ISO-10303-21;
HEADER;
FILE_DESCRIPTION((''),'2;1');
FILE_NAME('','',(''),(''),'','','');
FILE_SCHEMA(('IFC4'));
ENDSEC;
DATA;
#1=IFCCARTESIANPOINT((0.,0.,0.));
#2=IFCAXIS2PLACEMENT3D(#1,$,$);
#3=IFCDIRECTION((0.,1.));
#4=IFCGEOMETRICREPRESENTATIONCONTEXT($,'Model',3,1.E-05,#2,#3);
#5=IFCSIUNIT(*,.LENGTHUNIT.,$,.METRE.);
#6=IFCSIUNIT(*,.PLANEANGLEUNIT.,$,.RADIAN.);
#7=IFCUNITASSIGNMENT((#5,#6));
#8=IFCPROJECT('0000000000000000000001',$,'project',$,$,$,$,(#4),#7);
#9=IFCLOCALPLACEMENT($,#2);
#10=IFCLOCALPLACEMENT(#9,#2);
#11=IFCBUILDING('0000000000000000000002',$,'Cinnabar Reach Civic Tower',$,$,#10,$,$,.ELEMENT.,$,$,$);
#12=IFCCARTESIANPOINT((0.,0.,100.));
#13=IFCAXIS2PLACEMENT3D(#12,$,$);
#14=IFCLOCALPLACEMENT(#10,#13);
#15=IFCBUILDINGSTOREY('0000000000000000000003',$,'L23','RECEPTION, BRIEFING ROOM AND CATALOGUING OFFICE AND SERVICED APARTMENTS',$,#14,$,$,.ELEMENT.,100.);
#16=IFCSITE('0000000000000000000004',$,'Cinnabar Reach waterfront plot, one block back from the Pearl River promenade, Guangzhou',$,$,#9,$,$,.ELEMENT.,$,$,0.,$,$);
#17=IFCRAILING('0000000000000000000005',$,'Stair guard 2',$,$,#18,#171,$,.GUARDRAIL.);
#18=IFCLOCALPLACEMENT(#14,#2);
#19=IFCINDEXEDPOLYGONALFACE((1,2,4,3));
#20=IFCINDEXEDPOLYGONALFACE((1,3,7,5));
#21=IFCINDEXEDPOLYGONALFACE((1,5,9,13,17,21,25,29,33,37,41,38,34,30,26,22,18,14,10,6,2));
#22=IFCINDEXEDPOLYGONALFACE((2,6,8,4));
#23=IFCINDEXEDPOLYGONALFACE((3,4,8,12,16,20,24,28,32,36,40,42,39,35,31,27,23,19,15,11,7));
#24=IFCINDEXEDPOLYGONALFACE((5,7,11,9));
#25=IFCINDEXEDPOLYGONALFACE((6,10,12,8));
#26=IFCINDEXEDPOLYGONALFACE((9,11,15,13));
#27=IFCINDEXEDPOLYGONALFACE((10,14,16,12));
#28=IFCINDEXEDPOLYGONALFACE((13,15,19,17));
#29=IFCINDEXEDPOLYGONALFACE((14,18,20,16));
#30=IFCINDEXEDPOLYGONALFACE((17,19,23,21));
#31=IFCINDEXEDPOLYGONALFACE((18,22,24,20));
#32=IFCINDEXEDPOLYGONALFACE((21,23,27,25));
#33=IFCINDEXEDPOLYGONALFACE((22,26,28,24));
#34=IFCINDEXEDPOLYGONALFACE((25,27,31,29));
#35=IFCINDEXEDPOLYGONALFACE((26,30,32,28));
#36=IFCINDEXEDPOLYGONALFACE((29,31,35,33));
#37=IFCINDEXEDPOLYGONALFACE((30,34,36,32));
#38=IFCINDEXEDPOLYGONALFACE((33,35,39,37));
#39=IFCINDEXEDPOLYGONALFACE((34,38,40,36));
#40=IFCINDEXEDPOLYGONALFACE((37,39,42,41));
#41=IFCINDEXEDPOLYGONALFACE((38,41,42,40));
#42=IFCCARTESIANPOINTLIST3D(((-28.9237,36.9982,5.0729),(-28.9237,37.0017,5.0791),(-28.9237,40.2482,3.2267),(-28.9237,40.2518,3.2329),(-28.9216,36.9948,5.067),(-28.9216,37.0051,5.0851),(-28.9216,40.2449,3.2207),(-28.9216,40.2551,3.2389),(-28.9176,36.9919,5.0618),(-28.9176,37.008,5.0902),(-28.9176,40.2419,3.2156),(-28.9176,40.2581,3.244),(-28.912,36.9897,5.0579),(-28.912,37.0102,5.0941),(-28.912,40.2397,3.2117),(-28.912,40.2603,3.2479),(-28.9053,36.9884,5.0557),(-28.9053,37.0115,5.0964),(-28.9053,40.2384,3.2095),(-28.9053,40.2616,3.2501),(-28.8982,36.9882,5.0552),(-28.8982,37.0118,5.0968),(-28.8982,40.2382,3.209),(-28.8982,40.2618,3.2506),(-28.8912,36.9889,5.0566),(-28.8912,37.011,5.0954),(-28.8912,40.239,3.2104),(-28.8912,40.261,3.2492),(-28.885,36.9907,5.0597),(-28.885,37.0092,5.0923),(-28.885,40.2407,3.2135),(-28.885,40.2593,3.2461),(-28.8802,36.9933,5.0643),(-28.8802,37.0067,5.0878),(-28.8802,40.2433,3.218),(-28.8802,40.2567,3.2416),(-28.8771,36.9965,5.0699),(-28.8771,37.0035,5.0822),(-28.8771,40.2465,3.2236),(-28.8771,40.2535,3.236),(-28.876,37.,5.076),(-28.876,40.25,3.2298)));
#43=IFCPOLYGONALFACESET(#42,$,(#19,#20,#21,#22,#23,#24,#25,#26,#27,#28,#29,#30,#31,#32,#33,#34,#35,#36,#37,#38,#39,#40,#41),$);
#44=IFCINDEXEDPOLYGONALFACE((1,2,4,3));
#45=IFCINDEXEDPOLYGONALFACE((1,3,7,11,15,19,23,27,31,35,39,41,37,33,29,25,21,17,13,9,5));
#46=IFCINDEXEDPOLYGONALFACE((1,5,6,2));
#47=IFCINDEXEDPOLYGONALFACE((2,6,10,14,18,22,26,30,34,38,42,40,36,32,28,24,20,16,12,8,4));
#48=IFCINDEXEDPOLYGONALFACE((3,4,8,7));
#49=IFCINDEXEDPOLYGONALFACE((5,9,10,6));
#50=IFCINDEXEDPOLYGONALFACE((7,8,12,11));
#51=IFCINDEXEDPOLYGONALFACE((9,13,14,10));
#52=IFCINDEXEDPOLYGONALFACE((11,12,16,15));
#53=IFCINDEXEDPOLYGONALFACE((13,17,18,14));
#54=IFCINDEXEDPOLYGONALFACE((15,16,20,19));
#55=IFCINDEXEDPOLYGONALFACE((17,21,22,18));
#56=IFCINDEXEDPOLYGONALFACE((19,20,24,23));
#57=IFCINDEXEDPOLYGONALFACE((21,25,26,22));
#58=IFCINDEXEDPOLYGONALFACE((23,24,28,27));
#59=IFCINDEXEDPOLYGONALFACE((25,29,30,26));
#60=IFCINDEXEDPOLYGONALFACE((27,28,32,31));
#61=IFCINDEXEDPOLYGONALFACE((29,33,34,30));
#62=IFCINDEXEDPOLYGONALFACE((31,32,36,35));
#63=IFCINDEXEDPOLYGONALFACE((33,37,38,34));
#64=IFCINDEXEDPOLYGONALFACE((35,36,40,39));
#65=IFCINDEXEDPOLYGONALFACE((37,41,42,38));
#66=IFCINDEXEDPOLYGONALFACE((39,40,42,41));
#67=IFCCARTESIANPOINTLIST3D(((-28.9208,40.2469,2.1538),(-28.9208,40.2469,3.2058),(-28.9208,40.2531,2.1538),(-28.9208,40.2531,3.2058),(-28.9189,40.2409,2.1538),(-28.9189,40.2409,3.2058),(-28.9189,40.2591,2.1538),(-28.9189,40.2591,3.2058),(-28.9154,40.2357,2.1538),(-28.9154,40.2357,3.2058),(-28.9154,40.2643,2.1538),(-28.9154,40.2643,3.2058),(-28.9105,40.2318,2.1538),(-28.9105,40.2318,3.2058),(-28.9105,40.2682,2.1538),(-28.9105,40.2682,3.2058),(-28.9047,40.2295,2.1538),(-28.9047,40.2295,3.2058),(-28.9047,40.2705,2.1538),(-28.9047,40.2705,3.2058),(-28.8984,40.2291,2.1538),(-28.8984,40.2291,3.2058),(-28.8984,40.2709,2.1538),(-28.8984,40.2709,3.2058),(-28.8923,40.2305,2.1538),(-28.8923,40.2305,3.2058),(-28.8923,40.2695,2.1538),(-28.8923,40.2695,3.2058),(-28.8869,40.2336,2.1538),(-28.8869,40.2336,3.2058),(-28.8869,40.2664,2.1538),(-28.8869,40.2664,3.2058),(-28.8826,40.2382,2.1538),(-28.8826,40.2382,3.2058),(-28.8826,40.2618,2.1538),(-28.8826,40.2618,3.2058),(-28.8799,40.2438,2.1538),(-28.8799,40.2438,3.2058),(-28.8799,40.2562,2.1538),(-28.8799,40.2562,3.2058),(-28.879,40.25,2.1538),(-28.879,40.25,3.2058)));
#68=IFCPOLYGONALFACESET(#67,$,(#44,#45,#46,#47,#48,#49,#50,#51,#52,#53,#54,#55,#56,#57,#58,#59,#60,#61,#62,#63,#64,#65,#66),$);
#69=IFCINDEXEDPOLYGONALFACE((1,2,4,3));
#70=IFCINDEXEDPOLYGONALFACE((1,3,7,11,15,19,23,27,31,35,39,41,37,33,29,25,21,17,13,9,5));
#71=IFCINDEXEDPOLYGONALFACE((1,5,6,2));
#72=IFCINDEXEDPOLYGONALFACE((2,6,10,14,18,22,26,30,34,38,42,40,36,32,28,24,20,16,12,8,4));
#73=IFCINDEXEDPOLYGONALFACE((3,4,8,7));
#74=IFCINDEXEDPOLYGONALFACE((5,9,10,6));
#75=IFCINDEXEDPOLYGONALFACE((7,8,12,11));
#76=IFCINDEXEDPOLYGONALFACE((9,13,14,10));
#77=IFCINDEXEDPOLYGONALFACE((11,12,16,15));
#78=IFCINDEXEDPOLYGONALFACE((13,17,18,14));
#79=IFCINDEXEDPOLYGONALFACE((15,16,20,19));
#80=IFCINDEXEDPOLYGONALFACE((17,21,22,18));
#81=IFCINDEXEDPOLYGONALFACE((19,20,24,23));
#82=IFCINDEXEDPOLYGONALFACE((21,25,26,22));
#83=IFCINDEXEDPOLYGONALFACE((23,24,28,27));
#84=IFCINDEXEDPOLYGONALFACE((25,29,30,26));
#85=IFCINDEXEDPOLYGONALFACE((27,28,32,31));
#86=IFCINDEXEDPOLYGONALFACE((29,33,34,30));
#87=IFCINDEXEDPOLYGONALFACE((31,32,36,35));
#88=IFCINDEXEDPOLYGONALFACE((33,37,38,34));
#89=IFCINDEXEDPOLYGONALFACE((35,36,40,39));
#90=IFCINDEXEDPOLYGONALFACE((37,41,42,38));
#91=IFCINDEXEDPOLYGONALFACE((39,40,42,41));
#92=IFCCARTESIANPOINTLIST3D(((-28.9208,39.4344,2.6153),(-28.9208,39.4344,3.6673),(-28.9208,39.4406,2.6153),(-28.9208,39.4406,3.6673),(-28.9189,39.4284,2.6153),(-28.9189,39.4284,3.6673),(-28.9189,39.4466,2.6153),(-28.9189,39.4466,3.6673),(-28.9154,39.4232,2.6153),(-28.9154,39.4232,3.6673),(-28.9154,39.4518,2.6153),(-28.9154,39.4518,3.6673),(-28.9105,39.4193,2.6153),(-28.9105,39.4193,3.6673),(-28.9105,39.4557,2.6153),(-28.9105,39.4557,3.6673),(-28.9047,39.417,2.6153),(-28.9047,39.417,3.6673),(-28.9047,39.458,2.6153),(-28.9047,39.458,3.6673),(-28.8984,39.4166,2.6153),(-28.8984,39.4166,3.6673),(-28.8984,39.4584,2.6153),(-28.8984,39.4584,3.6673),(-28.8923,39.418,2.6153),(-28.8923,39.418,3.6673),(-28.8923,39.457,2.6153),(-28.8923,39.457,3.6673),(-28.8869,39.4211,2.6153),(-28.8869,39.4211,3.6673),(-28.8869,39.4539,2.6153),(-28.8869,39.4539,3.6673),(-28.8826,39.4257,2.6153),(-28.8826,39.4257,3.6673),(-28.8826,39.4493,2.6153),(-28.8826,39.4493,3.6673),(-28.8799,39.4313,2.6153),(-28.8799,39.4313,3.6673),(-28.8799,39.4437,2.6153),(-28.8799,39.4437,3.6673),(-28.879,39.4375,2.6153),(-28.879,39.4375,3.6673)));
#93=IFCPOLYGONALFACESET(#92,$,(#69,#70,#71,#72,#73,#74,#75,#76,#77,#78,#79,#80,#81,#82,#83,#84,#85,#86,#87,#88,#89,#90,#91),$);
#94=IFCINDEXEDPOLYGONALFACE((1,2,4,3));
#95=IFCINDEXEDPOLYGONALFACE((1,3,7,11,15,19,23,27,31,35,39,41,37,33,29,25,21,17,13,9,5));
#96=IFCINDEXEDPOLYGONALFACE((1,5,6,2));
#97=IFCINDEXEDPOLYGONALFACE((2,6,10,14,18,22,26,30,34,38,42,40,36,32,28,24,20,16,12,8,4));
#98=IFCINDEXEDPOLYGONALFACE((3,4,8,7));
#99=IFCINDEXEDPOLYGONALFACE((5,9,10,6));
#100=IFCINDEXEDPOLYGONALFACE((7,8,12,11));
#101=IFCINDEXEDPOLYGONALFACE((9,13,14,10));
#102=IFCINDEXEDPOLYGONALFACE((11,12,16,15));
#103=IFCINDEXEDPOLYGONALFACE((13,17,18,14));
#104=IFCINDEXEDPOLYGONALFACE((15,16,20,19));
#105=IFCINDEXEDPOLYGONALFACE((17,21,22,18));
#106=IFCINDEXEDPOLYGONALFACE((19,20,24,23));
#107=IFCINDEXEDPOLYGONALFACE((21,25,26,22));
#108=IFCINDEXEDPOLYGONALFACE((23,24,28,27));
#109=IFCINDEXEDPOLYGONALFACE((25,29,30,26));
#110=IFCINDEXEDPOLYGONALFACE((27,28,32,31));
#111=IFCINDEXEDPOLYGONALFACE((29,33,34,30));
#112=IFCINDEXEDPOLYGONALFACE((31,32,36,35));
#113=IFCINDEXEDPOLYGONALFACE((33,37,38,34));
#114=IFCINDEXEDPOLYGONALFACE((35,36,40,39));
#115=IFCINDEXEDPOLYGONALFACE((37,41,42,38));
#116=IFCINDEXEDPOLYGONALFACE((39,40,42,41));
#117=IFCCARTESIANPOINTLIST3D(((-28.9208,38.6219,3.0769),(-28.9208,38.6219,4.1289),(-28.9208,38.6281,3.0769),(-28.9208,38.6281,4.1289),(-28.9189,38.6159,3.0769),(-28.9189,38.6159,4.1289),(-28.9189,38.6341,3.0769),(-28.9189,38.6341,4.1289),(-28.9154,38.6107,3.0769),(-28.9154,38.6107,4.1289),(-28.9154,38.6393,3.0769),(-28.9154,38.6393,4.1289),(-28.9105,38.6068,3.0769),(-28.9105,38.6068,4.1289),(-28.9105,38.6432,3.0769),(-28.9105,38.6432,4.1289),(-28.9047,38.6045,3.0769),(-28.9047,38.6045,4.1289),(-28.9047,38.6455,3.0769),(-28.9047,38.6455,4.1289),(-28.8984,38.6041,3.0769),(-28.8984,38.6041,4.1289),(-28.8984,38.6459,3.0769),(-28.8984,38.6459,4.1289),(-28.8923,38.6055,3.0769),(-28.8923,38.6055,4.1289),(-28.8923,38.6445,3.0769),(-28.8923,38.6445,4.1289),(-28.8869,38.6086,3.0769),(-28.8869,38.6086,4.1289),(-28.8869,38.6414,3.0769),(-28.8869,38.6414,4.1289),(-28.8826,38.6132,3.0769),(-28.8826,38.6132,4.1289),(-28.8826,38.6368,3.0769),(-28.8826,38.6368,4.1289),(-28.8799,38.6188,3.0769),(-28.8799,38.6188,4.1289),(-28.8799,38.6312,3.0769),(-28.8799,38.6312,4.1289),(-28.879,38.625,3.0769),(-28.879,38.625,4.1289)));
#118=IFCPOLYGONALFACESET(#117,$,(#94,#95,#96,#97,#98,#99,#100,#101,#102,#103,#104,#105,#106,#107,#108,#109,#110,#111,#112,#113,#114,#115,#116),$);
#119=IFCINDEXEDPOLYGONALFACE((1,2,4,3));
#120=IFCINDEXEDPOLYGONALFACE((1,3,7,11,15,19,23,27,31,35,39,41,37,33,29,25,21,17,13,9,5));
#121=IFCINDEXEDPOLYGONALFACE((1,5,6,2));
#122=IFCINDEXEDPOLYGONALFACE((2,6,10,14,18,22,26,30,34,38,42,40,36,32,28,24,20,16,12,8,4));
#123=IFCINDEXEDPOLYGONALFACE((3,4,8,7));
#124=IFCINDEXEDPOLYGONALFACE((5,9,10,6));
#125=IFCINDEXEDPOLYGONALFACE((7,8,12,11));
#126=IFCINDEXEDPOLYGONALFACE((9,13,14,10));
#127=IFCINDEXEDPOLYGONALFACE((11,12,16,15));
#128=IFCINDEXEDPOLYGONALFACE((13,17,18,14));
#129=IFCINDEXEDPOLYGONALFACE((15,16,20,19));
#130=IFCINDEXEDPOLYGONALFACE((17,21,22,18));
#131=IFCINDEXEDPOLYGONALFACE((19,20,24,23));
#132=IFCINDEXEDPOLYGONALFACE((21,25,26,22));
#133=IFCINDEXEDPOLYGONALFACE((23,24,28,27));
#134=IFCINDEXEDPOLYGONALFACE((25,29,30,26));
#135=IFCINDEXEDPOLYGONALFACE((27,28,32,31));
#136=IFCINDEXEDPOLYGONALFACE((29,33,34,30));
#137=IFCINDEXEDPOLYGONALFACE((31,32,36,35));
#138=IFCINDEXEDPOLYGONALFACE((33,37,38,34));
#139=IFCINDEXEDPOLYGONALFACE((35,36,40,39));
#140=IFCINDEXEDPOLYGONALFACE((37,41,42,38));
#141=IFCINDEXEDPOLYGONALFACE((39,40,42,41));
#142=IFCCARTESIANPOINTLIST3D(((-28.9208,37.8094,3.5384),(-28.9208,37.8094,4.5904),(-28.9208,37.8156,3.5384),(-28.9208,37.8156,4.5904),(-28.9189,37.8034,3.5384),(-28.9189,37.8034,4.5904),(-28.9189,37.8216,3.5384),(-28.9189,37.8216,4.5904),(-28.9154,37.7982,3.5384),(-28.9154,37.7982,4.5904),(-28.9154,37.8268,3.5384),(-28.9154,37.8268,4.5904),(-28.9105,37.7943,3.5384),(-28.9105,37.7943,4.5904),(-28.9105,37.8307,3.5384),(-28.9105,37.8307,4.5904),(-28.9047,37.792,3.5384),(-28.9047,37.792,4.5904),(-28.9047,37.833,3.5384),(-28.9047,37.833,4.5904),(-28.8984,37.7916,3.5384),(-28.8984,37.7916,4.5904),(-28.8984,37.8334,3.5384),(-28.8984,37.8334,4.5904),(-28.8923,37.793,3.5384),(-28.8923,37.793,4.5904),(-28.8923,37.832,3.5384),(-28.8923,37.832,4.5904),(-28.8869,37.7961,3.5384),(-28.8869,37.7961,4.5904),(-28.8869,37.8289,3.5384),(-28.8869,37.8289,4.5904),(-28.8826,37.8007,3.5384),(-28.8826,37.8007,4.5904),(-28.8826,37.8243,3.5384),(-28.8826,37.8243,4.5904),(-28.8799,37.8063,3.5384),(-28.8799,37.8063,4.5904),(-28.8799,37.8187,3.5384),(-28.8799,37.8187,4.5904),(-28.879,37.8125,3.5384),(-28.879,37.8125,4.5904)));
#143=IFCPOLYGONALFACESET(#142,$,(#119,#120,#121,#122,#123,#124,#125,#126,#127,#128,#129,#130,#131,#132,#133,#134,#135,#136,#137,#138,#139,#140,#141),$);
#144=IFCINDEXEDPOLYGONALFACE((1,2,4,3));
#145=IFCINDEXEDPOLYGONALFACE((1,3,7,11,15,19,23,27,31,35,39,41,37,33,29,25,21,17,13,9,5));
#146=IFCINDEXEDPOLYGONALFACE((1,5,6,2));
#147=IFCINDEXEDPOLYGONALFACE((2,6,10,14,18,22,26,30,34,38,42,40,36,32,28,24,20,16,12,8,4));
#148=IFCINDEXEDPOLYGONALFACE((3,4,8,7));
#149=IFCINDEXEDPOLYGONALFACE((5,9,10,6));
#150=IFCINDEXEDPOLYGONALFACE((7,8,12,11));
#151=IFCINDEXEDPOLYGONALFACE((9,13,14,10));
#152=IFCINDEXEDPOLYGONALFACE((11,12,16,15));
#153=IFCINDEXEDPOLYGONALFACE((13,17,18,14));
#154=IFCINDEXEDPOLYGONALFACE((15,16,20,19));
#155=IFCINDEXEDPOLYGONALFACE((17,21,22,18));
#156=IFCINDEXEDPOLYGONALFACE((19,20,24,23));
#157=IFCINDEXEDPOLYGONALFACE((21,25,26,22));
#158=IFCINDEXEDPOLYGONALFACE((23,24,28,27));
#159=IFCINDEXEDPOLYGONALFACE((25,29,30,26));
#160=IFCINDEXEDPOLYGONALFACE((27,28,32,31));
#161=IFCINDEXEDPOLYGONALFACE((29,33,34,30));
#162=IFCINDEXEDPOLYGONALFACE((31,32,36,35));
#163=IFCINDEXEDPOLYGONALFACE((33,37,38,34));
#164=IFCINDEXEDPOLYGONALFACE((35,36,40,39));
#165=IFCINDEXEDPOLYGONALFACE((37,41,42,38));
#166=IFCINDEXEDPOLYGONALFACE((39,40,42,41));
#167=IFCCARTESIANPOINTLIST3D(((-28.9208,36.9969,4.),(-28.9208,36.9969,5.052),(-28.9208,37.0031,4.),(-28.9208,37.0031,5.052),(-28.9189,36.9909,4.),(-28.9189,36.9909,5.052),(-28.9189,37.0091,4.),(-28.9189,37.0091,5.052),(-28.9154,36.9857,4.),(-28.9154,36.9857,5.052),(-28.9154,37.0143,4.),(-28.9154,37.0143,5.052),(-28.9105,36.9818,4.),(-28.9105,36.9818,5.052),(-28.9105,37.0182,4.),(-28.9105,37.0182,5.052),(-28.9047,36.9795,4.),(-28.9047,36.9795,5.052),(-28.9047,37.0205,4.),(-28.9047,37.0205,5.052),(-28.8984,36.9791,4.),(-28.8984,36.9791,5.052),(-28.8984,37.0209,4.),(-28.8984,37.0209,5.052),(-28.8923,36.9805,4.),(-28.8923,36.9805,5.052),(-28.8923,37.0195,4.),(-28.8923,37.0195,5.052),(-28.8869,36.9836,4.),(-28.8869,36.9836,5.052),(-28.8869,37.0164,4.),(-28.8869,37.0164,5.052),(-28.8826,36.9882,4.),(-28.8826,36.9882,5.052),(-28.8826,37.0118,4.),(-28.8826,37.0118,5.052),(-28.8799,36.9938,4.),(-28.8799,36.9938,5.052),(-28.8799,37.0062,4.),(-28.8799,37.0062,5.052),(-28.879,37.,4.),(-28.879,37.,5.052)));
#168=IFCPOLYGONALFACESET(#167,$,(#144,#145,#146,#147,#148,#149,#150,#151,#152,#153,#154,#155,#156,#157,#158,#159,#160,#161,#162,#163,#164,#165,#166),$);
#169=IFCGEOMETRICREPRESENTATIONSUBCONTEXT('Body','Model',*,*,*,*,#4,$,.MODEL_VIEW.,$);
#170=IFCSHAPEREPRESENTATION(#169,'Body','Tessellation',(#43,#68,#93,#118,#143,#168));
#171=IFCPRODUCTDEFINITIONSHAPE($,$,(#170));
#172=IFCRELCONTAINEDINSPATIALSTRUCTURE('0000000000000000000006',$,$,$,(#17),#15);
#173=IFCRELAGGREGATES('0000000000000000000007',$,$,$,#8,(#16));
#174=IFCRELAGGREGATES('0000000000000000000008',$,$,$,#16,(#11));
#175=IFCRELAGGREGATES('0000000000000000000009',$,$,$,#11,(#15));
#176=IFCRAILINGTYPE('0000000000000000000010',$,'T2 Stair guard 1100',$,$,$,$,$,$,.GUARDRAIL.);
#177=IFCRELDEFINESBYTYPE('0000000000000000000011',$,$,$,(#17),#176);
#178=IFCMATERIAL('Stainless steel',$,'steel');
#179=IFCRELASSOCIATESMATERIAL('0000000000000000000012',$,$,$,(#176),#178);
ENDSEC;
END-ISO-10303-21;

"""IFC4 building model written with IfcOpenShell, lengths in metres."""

from ifc_helpers import new_model, si_unit, direction, frame, origin, origin_2d, place, context, subcontext, project, spatial, circle, extrude, material, type_object, element, save


model = new_model("IFC4")

# Units and contexts
model_context = context("Model", 3, precision=1e-05, world=origin(), true_north=direction((0.0, 1.0)))
body_context = subcontext(model_context, "Body", "Model", "MODEL_VIEW")
ifc_project = project(units=[si_unit("LENGTHUNIT", "METRE"), si_unit("PLANEANGLEUNIT", "RADIAN")], contexts=[model_context])

# Site, building, storey
site_placement = place(None, origin())
site = spatial("IfcSite", under=ifc_project, at=site_placement, Name="Cinnabar Reach waterfront plot, one block back from the Pearl River promenade, Guangzhou", CompositionType="ELEMENT", RefElevation=0.0)
building_placement = place(site_placement, origin())
building = spatial("IfcBuilding", under=site, at=building_placement, Name="Cinnabar Reach Civic Tower", CompositionType="ELEMENT")
storey_placement = place(building_placement, frame((0.0, 0.0, 100.0)))
storey = spatial("IfcBuildingStorey", under=building, at=storey_placement, Name="L23", Description="RECEPTION, BRIEFING ROOM AND CATALOGUING OFFICE AND SERVICED APARTMENTS", CompositionType="ELEMENT", Elevation=100.0)

# Railing
ifc_material_1 = material(Name="Stainless steel", Category="steel")
railing_type = type_object("IfcRailingType", Name="T2 Stair guard 1100", PredefinedType="GUARDRAIL", material=ifc_material_1)
railing_1_placement = place(storey_placement, frame((-28.9, 40.25, 2.1538)))
element("IfcRailing", 1, at=railing_1_placement, inside=storey, type_object=railing_type, Name="Stair guard 2", PredefinedType="GUARDRAIL", context=body_context, shape_type="SweptSolid", body=[
    extrude(circle(Radius=0.024, at=origin_2d()), frame((0.0, 0.0, 1.076), z_axis=(0.0, -0.869501, 0.49393), x_axis=(1.0, 0.0, 0.0)), (0.0, 0.0, 1.0), 3.7378),
    extrude(circle(Radius=0.021, at=origin_2d()), origin(), (0.0, 0.0, 1.0), 1.052),
    extrude(circle(Radius=0.021, at=origin_2d()), frame((0.0, -0.8125, 0.4615)), (0.0, 0.0, 1.0), 1.052),
    extrude(circle(Radius=0.021, at=origin_2d()), frame((0.0, -1.625, 0.9231)), (0.0, 0.0, 1.0), 1.052),
    extrude(circle(Radius=0.021, at=origin_2d()), frame((0.0, -2.4375, 1.3846)), (0.0, 0.0, 1.0), 1.052),
    extrude(circle(Radius=0.021, at=origin_2d()), frame((0.0, -3.25, 1.8462)), (0.0, 0.0, 1.0), 1.052),
])

save(model, "model.ifc")
